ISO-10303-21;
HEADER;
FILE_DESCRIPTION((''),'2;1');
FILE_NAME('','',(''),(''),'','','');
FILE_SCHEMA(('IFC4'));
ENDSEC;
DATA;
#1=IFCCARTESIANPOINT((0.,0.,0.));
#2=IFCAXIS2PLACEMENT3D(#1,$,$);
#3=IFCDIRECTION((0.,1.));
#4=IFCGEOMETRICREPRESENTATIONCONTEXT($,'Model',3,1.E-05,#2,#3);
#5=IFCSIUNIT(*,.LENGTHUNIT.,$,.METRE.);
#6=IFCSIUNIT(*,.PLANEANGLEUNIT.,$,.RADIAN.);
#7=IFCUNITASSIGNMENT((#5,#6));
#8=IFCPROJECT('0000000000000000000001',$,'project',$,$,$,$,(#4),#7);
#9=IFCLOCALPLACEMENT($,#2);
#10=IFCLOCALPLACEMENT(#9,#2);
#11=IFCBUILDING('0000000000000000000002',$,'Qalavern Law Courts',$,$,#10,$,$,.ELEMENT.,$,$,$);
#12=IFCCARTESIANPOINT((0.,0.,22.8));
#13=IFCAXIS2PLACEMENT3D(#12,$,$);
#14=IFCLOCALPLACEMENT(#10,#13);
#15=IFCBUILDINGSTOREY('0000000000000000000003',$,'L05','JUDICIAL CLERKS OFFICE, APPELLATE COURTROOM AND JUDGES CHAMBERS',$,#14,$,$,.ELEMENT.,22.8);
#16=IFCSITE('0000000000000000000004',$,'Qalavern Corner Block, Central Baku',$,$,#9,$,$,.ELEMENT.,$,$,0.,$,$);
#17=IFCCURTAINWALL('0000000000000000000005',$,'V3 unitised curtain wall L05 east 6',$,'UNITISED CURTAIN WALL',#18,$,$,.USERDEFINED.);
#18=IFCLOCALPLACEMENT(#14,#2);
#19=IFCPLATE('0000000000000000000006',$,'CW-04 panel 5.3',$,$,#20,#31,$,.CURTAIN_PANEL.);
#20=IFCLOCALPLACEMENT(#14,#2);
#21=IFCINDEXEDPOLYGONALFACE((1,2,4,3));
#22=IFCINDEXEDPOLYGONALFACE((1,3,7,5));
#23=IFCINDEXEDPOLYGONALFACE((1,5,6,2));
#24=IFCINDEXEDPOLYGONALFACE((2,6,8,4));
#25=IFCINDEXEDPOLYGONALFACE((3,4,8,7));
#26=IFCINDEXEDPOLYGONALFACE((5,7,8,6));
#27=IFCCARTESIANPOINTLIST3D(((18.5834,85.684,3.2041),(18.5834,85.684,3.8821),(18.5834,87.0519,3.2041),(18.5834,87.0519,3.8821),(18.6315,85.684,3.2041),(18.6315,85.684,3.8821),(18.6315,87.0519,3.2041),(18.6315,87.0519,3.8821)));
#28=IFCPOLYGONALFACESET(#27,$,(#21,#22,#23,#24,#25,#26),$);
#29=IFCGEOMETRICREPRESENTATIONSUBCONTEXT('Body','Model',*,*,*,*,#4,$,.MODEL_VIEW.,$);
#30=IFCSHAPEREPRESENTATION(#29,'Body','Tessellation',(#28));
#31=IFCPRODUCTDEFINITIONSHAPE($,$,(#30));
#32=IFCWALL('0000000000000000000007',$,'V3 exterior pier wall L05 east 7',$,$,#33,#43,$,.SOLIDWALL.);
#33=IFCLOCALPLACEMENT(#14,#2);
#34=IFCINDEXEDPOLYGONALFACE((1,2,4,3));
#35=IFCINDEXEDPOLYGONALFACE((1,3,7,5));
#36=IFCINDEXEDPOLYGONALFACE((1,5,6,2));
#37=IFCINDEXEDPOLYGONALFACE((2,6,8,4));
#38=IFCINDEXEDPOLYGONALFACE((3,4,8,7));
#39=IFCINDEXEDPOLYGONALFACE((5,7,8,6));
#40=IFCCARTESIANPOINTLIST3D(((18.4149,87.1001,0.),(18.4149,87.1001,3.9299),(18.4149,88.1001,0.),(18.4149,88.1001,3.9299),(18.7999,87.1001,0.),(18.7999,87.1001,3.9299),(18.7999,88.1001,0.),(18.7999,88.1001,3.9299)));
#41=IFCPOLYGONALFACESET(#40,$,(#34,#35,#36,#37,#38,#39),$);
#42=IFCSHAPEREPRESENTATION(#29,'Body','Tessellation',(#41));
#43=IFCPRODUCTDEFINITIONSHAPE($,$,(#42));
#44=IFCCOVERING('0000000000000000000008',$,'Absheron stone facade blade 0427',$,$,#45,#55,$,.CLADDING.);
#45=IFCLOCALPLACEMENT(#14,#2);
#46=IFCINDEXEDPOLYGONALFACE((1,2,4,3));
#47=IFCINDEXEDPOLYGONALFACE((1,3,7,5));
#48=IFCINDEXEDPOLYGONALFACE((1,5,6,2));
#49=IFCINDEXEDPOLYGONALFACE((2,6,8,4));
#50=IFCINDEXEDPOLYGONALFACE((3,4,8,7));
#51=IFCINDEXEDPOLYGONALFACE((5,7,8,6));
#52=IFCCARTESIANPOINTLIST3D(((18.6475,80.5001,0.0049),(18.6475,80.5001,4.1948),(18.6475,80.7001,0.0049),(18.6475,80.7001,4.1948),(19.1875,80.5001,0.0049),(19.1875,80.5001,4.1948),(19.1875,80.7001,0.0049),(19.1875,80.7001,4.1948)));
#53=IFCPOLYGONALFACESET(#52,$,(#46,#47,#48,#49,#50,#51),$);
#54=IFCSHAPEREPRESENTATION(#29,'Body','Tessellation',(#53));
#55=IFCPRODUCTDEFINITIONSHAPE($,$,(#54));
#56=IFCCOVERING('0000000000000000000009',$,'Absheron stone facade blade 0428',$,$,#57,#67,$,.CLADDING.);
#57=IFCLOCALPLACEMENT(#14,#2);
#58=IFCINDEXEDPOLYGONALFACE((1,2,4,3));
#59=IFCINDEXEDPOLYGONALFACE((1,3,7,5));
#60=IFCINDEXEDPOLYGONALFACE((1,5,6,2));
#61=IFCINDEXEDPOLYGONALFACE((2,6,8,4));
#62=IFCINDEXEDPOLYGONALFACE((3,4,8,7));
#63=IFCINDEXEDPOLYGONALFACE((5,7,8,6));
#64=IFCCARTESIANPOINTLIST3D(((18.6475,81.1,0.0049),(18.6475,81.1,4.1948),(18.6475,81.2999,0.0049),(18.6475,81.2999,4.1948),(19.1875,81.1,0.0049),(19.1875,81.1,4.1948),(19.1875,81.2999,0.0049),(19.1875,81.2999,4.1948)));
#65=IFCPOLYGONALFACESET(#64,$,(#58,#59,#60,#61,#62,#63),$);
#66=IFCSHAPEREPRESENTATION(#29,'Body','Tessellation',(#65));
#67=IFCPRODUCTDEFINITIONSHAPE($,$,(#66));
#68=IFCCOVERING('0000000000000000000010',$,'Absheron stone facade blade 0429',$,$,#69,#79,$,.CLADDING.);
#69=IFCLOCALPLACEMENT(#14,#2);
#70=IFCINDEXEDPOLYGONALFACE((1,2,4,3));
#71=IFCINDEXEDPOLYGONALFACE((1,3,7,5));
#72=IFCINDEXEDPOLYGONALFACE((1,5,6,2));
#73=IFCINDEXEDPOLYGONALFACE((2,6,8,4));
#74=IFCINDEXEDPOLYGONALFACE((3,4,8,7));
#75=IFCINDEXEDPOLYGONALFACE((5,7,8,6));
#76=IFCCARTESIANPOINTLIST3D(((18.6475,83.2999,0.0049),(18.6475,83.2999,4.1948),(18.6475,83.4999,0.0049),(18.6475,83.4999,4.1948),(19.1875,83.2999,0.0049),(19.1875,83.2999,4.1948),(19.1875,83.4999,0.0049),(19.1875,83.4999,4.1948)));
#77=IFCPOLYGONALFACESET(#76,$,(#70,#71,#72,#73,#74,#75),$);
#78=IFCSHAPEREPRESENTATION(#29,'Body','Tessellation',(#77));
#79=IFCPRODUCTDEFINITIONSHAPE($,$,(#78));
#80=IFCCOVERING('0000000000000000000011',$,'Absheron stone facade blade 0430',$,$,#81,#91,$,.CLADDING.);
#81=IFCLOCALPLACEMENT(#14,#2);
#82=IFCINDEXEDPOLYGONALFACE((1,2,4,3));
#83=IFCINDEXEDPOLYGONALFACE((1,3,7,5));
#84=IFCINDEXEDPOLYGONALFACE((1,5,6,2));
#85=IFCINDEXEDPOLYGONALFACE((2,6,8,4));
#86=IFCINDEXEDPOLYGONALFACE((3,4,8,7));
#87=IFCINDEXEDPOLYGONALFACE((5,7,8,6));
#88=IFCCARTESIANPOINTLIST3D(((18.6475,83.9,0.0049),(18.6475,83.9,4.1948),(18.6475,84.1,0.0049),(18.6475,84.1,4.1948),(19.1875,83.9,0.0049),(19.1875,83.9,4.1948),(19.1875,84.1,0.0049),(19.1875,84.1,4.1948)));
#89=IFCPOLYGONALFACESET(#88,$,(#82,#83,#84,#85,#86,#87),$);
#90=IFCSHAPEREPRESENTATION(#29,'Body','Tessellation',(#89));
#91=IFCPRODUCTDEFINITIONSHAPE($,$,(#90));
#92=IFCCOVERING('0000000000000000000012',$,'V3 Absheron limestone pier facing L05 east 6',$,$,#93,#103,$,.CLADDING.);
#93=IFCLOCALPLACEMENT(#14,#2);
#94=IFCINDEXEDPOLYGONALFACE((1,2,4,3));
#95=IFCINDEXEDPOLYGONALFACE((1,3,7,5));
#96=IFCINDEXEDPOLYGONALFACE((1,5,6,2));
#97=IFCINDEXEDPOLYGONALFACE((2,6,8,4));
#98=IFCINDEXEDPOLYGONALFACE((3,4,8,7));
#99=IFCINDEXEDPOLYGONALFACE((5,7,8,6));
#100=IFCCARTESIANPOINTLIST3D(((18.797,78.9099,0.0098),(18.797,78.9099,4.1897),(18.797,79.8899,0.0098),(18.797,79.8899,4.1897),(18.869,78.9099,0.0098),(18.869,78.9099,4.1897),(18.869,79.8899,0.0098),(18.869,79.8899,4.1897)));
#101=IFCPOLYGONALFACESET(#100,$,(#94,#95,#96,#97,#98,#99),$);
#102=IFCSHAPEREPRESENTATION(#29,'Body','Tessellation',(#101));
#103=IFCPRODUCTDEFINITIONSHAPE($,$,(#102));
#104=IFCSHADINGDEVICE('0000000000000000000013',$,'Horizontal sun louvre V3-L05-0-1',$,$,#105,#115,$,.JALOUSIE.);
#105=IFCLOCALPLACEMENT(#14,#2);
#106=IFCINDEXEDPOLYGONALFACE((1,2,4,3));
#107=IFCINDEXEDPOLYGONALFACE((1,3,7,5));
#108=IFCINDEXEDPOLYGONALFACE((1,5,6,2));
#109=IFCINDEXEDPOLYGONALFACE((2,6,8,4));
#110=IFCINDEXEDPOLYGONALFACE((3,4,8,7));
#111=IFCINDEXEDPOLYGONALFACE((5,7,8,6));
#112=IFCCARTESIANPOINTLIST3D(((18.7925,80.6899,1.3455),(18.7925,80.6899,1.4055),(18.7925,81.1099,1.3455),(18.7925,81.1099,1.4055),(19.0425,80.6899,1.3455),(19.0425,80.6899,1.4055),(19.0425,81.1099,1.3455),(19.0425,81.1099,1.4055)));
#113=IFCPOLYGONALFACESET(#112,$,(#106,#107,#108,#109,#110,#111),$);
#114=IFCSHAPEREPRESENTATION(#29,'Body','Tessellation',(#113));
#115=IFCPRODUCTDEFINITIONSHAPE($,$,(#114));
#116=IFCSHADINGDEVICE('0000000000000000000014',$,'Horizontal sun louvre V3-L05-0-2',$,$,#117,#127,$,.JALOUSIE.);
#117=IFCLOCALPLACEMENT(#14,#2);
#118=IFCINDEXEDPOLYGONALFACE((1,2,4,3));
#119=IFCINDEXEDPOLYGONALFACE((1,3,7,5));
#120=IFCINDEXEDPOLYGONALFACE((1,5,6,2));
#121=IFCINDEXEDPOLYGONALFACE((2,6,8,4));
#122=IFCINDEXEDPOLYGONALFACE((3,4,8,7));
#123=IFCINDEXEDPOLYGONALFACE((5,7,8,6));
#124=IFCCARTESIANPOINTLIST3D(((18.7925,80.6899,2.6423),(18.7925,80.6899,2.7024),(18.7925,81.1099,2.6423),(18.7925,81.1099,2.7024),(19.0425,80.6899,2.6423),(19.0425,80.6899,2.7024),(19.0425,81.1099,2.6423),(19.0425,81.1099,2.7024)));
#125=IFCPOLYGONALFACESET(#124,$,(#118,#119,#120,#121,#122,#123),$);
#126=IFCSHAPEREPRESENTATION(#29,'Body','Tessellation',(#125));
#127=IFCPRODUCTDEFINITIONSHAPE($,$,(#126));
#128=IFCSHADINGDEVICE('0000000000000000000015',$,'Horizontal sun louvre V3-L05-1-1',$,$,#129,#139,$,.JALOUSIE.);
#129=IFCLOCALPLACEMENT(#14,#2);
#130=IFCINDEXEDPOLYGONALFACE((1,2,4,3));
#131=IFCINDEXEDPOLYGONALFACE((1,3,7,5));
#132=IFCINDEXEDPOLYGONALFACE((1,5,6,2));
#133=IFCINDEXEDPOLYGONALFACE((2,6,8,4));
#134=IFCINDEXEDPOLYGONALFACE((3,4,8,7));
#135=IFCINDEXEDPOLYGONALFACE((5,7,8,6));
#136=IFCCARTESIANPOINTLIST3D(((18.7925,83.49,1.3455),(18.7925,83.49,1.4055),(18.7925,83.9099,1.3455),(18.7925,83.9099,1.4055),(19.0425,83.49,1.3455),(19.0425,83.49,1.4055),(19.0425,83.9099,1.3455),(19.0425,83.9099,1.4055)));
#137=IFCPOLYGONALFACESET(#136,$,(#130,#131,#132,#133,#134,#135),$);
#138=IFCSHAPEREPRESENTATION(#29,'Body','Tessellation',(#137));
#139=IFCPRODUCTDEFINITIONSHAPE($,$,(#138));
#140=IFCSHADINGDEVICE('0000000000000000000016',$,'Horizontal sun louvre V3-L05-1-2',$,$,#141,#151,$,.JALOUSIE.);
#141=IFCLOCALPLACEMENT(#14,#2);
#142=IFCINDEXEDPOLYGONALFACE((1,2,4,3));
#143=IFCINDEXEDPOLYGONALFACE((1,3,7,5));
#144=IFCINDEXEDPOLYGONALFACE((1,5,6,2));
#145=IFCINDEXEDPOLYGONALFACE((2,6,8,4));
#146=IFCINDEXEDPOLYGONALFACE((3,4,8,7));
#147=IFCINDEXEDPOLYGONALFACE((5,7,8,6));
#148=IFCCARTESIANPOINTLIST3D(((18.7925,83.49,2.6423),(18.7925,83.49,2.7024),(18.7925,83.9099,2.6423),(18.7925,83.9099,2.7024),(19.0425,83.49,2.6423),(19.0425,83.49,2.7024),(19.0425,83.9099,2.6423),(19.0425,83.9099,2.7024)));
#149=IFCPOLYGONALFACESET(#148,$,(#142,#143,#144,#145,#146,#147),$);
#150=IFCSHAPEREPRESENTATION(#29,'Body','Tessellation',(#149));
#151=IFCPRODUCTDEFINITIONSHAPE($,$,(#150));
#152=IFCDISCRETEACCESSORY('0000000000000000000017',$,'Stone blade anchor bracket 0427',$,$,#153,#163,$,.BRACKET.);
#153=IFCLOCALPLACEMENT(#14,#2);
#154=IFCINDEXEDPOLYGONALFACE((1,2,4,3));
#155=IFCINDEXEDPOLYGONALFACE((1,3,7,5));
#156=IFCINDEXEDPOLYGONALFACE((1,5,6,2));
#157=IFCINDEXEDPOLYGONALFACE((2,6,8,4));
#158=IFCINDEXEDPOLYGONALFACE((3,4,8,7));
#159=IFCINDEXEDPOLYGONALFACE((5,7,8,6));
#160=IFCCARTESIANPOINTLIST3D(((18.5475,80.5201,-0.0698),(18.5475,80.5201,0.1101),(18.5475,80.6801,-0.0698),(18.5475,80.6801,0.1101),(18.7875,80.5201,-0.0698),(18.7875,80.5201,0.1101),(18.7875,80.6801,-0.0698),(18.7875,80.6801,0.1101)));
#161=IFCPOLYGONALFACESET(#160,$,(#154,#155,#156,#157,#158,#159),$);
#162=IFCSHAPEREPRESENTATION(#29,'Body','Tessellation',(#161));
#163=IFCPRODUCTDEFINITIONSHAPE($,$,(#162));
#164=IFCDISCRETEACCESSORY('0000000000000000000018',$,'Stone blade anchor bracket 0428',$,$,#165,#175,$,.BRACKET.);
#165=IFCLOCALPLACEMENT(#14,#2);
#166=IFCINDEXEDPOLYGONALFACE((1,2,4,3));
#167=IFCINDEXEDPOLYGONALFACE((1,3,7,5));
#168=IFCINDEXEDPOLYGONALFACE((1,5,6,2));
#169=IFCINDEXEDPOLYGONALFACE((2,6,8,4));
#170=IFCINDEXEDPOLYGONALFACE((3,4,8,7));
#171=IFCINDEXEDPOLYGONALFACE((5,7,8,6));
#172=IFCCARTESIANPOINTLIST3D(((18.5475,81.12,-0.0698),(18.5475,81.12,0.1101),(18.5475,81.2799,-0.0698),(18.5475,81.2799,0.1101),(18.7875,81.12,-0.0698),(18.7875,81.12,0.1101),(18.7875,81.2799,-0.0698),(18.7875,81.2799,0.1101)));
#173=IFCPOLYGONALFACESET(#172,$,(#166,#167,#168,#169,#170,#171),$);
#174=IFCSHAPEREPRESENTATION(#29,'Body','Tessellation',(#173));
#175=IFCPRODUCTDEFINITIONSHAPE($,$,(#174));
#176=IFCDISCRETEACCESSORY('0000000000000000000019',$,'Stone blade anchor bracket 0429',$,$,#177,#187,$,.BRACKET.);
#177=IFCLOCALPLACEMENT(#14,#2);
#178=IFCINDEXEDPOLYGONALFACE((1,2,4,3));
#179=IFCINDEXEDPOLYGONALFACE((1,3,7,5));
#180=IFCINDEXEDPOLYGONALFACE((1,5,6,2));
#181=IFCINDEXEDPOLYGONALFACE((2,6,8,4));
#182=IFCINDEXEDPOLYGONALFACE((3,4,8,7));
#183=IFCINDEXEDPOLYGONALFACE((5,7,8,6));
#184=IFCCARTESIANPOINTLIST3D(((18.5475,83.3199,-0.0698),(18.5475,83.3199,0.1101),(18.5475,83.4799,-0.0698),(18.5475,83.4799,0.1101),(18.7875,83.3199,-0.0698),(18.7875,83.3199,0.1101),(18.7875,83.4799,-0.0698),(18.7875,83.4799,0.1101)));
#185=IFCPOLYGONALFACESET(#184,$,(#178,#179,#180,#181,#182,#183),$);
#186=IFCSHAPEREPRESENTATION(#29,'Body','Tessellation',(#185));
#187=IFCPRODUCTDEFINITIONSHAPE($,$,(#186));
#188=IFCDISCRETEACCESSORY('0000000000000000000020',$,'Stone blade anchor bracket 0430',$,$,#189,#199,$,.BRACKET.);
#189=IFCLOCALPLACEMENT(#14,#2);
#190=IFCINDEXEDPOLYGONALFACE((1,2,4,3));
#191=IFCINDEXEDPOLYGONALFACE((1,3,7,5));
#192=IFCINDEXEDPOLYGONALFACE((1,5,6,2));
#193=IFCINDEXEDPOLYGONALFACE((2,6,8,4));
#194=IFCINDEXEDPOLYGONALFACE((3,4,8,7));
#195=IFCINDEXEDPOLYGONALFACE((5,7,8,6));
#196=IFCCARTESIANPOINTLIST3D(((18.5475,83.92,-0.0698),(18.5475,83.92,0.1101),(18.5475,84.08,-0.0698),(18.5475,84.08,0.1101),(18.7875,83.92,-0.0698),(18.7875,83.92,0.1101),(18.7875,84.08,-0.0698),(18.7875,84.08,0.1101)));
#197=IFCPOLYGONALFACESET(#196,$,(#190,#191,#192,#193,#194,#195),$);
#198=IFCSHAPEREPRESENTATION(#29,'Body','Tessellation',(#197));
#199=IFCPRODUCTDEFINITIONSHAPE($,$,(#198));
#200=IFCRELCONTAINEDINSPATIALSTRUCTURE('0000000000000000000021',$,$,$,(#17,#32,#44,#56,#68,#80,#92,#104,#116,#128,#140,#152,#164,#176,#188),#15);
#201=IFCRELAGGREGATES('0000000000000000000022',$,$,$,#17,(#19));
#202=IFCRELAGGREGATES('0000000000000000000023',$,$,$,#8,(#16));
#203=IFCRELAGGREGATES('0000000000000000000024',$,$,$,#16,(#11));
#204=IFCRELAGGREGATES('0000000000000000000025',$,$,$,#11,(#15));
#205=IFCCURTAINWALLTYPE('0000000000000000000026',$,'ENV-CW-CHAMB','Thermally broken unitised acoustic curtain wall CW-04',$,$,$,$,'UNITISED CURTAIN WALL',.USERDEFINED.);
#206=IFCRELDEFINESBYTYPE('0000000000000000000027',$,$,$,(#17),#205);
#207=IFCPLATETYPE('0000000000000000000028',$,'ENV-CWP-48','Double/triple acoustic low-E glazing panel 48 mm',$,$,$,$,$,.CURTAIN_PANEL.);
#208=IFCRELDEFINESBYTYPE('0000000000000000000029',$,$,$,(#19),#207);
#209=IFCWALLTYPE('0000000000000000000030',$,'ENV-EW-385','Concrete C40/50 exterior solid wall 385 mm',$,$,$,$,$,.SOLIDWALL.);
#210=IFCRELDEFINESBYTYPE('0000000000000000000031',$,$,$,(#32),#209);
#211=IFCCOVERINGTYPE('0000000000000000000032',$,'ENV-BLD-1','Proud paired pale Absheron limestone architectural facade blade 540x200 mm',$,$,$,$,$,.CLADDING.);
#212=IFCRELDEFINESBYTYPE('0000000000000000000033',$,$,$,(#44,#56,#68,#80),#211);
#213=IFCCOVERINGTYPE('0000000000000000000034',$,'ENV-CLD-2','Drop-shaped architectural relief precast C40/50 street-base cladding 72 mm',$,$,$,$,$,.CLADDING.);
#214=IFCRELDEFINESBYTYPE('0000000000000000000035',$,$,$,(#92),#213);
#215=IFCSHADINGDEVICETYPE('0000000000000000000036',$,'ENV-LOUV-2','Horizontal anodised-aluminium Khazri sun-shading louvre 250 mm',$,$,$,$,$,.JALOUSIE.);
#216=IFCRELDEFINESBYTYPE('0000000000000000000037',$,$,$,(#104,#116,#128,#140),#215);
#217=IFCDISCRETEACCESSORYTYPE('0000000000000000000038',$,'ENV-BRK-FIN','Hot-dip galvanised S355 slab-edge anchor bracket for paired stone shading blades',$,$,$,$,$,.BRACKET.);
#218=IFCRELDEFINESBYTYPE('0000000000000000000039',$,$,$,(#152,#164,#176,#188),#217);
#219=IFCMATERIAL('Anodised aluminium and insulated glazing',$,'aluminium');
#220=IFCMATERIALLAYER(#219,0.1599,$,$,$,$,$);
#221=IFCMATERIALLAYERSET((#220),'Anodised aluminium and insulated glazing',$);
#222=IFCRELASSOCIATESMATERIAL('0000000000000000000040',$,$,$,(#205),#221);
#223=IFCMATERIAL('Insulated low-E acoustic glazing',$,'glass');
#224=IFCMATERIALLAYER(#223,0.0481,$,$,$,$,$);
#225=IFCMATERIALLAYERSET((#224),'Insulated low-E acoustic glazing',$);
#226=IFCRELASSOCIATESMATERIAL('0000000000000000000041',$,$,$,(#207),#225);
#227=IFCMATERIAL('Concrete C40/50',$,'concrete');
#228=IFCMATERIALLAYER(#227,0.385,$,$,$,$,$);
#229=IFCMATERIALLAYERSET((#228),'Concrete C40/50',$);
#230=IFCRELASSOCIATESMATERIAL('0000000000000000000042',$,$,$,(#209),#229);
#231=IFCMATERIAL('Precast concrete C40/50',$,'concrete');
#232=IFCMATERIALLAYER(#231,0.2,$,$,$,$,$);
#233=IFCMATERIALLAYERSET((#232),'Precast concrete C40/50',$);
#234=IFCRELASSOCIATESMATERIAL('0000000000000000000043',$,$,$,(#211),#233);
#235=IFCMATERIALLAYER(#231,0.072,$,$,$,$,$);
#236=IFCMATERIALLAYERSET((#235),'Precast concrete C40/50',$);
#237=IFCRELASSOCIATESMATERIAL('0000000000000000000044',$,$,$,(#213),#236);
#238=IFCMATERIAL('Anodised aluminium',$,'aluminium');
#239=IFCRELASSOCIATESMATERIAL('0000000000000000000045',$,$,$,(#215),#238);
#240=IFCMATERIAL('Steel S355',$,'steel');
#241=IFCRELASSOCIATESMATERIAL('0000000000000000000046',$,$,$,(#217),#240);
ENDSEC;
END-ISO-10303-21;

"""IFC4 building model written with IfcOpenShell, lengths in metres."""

from ifc_helpers import new_model, si_unit, direction, frame, frame_2d, origin, origin_2d, place, context, subcontext, project, spatial, rectangle, extrude, material, layer, layer_set, type_object, element, aggregate, save


model = new_model("IFC4")

# Units and contexts
model_context = context("Model", 3, precision=1e-05, world=origin(), true_north=direction((0.0, 1.0)))
body_context = subcontext(model_context, "Body", "Model", "MODEL_VIEW")
ifc_project = project(units=[si_unit("LENGTHUNIT", "METRE"), si_unit("PLANEANGLEUNIT", "RADIAN")], contexts=[model_context])

# Site, building, storey
site_placement = place(None, origin())
site = spatial("IfcSite", under=ifc_project, at=site_placement, Name="Qalavern Corner Block, Central Baku", CompositionType="ELEMENT", RefElevation=0.0)
building_placement = place(site_placement, origin())
building = spatial("IfcBuilding", under=site, at=building_placement, Name="Qalavern Law Courts", CompositionType="ELEMENT")
storey_placement = place(building_placement, frame((0.0, 0.0, 22.8)))
storey = spatial("IfcBuildingStorey", under=building, at=storey_placement, Name="L05", Description="JUDICIAL CLERKS OFFICE, APPELLATE COURTROOM AND JUDGES CHAMBERS", CompositionType="ELEMENT", Elevation=22.8)

# Curtain wall, plate
ifc_material_1 = material(Name="Anodised aluminium and insulated glazing", Category="aluminium")
ifc_layer_1 = layer(ifc_material_1, 0.1599)
ifc_layer_set_1 = layer_set([ifc_layer_1], Name="Anodised aluminium and insulated glazing")
curtain_wall_type = type_object("IfcCurtainWallType", Name="ENV-CW-CHAMB", Description="Thermally broken unitised acoustic curtain wall CW-04", ElementType="UNITISED CURTAIN WALL", PredefinedType="USERDEFINED", material=ifc_layer_set_1)
curtain_wall_placement = place(storey_placement, origin())
curtain_wall = element("IfcCurtainWall", 1, at=curtain_wall_placement, inside=storey, type_object=curtain_wall_type, Name="V3 unitised curtain wall L05 east 6", ObjectType="UNITISED CURTAIN WALL", PredefinedType="USERDEFINED")
ifc_material_2 = material(Name="Anodised aluminium", Category="aluminium")
ifc_material_3 = material(Name="Insulated low-E acoustic glazing", Category="glass")
ifc_layer_2 = layer(ifc_material_3, 0.0481)
ifc_layer_set_2 = layer_set([ifc_layer_2], Name="Insulated low-E acoustic glazing")
plate_type = type_object("IfcPlateType", Name="ENV-CWP-48", Description="Double/triple acoustic low-E glazing panel 48 mm", PredefinedType="CURTAIN_PANEL", material=ifc_layer_set_2)
plate_1_placement = place(storey_placement, frame((18.6074, 86.3679, 3.2041), z_axis=(0.0, 0.0, 1.0), x_axis=(0.0, 1.0, 0.0)))
plate_1 = element("IfcPlate", 2, at=plate_1_placement, type_object=plate_type, Name="CW-04 panel 5.3", PredefinedType="CURTAIN_PANEL", context=body_context, shape_type="SweptSolid", body=[
    extrude(rectangle(XDim=1.3679, YDim=0.0481, at=origin_2d()), origin(), (0.0, 0.0, 1.0), 0.678),
])
aggregate(curtain_wall, [plate_1])

# Wall
ifc_material_4 = material(Name="Concrete C40/50", Category="concrete")
ifc_layer_3 = layer(ifc_material_4, 0.385)
ifc_layer_set_3 = layer_set([ifc_layer_3], Name="Concrete C40/50")
wall_type = type_object("IfcWallType", Name="ENV-EW-385", Description="Concrete C40/50 exterior solid wall 385 mm", PredefinedType="SOLIDWALL", material=ifc_layer_set_3)
wall_placement = place(storey_placement, frame((18.6074, 87.1001, 0.0), z_axis=(0.0, 0.0, 1.0), x_axis=(0.0, 1.0, 0.0)))
element("IfcWall", 3, at=wall_placement, inside=storey, type_object=wall_type, Name="V3 exterior pier wall L05 east 7", PredefinedType="SOLIDWALL", context=body_context, shape_type="SweptSolid", body=[
    extrude(rectangle(XDim=1.0, YDim=0.385, at=frame_2d((0.5, 0.0))), origin(), (0.0, 0.0, 1.0), 3.9299),
])

# Coverings
ifc_material_5 = material(Name="Precast concrete C40/50", Category="concrete")
ifc_layer_4 = layer(ifc_material_5, 0.2)
ifc_layer_set_4 = layer_set([ifc_layer_4], Name="Precast concrete C40/50")
covering_type_1 = type_object("IfcCoveringType", Name="ENV-BLD-1", Description="Proud paired pale Absheron limestone architectural facade blade 540x200 mm", PredefinedType="CLADDING", material=ifc_layer_set_4)
for number, where, z_axis, x_axis, name in (
    (4, (18.9175, 80.6001, 0.0049), (0.0, 0.0, 1.0), (1.0, 0.0, 0.0), "Absheron stone facade blade 0427"),
    (5, (18.9175, 81.2, 0.0049), (0.0, 0.0, 1.0), (1.0, 0.0, 0.0), "Absheron stone facade blade 0428"),
    (6, (18.9175, 83.3999, 0.0049), (0.0, 0.0, 1.0), (1.0, 0.0, 0.0), "Absheron stone facade blade 0429"),
    (7, (18.9175, 84.0, 0.0049), (0.0, 0.0, 1.0), (1.0, 0.0, 0.0), "Absheron stone facade blade 0430"),
):
    element("IfcCovering", number, at=place(storey_placement, frame(where, z_axis=z_axis, x_axis=x_axis)), inside=storey, type_object=covering_type_1, Name=name, PredefinedType="CLADDING", context=body_context, shape_type="SweptSolid", body=[
        extrude(rectangle(XDim=0.54, YDim=0.2, at=origin_2d()), origin(), (0.0, 0.0, 1.0), 4.1899),
    ])
ifc_layer_5 = layer(ifc_material_5, 0.072)
ifc_layer_set_5 = layer_set([ifc_layer_5], Name="Precast concrete C40/50")
covering_type_2 = type_object("IfcCoveringType", Name="ENV-CLD-2", Description="Drop-shaped architectural relief precast C40/50 street-base cladding 72 mm", PredefinedType="CLADDING", material=ifc_layer_set_5)
covering_placement = place(storey_placement, frame((18.833, 79.3999, 0.0098), z_axis=(0.0, 0.0, 1.0), x_axis=(0.0, 1.0, 0.0)))
element("IfcCovering", 8, at=covering_placement, inside=storey, type_object=covering_type_2, Name="V3 Absheron limestone pier facing L05 east 6", PredefinedType="CLADDING", context=body_context, shape_type="SweptSolid", body=[
    extrude(rectangle(XDim=0.98, YDim=0.072, at=origin_2d()), origin(), (0.0, 0.0, 1.0), 4.1799),
])

# Shading devices
shading_device_type = type_object("IfcShadingDeviceType", Name="ENV-LOUV-2", Description="Horizontal anodised-aluminium Khazri sun-shading louvre 250 mm", PredefinedType="JALOUSIE", material=ifc_material_2)
for number, where, z_axis, x_axis, name in (
    (9, (18.9175, 80.8999, 1.3455), (0.0, 0.0, 1.0), (0.0, 1.0, 0.0), "Horizontal sun louvre V3-L05-0-1"),
    (10, (18.9175, 80.8999, 2.6423), (0.0, 0.0, 1.0), (0.0, 1.0, 0.0), "Horizontal sun louvre V3-L05-0-2"),
    (11, (18.9175, 83.7, 1.3455), (0.0, 0.0, 1.0), (0.0, 1.0, 0.0), "Horizontal sun louvre V3-L05-1-1"),
    (12, (18.9175, 83.7, 2.6423), (0.0, 0.0, 1.0), (0.0, 1.0, 0.0), "Horizontal sun louvre V3-L05-1-2"),
):
    element("IfcShadingDevice", number, at=place(storey_placement, frame(where, z_axis=z_axis, x_axis=x_axis)), inside=storey, type_object=shading_device_type, Name=name, PredefinedType="JALOUSIE", context=body_context, shape_type="SweptSolid", body=[
        extrude(rectangle(XDim=0.4199, YDim=0.25, at=origin_2d()), origin(), (0.0, 0.0, 1.0), 0.0601),
    ])

# Discrete accessories
ifc_material_6 = material(Name="Steel S355", Category="steel")
discrete_accessory_type = type_object("IfcDiscreteAccessoryType", Name="ENV-BRK-FIN", Description="Hot-dip galvanised S355 slab-edge anchor bracket for paired stone shading blades", PredefinedType="BRACKET", material=ifc_material_6)
for number, where, z_axis, x_axis, name in (
    (13, (18.6675, 80.6001, -0.0698), (0.0, 0.0, 1.0), (1.0, 0.0, 0.0), "Stone blade anchor bracket 0427"),
    (14, (18.6675, 81.2, -0.0698), (0.0, 0.0, 1.0), (1.0, 0.0, 0.0), "Stone blade anchor bracket 0428"),
    (15, (18.6675, 83.3999, -0.0698), (0.0, 0.0, 1.0), (1.0, 0.0, 0.0), "Stone blade anchor bracket 0429"),
    (16, (18.6675, 84.0, -0.0698), (0.0, 0.0, 1.0), (1.0, 0.0, 0.0), "Stone blade anchor bracket 0430"),
):
    element("IfcDiscreteAccessory", number, at=place(storey_placement, frame(where, z_axis=z_axis, x_axis=x_axis)), inside=storey, type_object=discrete_accessory_type, Name=name, PredefinedType="BRACKET", context=body_context, shape_type="SweptSolid", body=[
        extrude(rectangle(XDim=0.24, YDim=0.1599, at=origin_2d()), origin(), (0.0, 0.0, 1.0), 0.1799),
    ])

save(model, "model.ifc")
